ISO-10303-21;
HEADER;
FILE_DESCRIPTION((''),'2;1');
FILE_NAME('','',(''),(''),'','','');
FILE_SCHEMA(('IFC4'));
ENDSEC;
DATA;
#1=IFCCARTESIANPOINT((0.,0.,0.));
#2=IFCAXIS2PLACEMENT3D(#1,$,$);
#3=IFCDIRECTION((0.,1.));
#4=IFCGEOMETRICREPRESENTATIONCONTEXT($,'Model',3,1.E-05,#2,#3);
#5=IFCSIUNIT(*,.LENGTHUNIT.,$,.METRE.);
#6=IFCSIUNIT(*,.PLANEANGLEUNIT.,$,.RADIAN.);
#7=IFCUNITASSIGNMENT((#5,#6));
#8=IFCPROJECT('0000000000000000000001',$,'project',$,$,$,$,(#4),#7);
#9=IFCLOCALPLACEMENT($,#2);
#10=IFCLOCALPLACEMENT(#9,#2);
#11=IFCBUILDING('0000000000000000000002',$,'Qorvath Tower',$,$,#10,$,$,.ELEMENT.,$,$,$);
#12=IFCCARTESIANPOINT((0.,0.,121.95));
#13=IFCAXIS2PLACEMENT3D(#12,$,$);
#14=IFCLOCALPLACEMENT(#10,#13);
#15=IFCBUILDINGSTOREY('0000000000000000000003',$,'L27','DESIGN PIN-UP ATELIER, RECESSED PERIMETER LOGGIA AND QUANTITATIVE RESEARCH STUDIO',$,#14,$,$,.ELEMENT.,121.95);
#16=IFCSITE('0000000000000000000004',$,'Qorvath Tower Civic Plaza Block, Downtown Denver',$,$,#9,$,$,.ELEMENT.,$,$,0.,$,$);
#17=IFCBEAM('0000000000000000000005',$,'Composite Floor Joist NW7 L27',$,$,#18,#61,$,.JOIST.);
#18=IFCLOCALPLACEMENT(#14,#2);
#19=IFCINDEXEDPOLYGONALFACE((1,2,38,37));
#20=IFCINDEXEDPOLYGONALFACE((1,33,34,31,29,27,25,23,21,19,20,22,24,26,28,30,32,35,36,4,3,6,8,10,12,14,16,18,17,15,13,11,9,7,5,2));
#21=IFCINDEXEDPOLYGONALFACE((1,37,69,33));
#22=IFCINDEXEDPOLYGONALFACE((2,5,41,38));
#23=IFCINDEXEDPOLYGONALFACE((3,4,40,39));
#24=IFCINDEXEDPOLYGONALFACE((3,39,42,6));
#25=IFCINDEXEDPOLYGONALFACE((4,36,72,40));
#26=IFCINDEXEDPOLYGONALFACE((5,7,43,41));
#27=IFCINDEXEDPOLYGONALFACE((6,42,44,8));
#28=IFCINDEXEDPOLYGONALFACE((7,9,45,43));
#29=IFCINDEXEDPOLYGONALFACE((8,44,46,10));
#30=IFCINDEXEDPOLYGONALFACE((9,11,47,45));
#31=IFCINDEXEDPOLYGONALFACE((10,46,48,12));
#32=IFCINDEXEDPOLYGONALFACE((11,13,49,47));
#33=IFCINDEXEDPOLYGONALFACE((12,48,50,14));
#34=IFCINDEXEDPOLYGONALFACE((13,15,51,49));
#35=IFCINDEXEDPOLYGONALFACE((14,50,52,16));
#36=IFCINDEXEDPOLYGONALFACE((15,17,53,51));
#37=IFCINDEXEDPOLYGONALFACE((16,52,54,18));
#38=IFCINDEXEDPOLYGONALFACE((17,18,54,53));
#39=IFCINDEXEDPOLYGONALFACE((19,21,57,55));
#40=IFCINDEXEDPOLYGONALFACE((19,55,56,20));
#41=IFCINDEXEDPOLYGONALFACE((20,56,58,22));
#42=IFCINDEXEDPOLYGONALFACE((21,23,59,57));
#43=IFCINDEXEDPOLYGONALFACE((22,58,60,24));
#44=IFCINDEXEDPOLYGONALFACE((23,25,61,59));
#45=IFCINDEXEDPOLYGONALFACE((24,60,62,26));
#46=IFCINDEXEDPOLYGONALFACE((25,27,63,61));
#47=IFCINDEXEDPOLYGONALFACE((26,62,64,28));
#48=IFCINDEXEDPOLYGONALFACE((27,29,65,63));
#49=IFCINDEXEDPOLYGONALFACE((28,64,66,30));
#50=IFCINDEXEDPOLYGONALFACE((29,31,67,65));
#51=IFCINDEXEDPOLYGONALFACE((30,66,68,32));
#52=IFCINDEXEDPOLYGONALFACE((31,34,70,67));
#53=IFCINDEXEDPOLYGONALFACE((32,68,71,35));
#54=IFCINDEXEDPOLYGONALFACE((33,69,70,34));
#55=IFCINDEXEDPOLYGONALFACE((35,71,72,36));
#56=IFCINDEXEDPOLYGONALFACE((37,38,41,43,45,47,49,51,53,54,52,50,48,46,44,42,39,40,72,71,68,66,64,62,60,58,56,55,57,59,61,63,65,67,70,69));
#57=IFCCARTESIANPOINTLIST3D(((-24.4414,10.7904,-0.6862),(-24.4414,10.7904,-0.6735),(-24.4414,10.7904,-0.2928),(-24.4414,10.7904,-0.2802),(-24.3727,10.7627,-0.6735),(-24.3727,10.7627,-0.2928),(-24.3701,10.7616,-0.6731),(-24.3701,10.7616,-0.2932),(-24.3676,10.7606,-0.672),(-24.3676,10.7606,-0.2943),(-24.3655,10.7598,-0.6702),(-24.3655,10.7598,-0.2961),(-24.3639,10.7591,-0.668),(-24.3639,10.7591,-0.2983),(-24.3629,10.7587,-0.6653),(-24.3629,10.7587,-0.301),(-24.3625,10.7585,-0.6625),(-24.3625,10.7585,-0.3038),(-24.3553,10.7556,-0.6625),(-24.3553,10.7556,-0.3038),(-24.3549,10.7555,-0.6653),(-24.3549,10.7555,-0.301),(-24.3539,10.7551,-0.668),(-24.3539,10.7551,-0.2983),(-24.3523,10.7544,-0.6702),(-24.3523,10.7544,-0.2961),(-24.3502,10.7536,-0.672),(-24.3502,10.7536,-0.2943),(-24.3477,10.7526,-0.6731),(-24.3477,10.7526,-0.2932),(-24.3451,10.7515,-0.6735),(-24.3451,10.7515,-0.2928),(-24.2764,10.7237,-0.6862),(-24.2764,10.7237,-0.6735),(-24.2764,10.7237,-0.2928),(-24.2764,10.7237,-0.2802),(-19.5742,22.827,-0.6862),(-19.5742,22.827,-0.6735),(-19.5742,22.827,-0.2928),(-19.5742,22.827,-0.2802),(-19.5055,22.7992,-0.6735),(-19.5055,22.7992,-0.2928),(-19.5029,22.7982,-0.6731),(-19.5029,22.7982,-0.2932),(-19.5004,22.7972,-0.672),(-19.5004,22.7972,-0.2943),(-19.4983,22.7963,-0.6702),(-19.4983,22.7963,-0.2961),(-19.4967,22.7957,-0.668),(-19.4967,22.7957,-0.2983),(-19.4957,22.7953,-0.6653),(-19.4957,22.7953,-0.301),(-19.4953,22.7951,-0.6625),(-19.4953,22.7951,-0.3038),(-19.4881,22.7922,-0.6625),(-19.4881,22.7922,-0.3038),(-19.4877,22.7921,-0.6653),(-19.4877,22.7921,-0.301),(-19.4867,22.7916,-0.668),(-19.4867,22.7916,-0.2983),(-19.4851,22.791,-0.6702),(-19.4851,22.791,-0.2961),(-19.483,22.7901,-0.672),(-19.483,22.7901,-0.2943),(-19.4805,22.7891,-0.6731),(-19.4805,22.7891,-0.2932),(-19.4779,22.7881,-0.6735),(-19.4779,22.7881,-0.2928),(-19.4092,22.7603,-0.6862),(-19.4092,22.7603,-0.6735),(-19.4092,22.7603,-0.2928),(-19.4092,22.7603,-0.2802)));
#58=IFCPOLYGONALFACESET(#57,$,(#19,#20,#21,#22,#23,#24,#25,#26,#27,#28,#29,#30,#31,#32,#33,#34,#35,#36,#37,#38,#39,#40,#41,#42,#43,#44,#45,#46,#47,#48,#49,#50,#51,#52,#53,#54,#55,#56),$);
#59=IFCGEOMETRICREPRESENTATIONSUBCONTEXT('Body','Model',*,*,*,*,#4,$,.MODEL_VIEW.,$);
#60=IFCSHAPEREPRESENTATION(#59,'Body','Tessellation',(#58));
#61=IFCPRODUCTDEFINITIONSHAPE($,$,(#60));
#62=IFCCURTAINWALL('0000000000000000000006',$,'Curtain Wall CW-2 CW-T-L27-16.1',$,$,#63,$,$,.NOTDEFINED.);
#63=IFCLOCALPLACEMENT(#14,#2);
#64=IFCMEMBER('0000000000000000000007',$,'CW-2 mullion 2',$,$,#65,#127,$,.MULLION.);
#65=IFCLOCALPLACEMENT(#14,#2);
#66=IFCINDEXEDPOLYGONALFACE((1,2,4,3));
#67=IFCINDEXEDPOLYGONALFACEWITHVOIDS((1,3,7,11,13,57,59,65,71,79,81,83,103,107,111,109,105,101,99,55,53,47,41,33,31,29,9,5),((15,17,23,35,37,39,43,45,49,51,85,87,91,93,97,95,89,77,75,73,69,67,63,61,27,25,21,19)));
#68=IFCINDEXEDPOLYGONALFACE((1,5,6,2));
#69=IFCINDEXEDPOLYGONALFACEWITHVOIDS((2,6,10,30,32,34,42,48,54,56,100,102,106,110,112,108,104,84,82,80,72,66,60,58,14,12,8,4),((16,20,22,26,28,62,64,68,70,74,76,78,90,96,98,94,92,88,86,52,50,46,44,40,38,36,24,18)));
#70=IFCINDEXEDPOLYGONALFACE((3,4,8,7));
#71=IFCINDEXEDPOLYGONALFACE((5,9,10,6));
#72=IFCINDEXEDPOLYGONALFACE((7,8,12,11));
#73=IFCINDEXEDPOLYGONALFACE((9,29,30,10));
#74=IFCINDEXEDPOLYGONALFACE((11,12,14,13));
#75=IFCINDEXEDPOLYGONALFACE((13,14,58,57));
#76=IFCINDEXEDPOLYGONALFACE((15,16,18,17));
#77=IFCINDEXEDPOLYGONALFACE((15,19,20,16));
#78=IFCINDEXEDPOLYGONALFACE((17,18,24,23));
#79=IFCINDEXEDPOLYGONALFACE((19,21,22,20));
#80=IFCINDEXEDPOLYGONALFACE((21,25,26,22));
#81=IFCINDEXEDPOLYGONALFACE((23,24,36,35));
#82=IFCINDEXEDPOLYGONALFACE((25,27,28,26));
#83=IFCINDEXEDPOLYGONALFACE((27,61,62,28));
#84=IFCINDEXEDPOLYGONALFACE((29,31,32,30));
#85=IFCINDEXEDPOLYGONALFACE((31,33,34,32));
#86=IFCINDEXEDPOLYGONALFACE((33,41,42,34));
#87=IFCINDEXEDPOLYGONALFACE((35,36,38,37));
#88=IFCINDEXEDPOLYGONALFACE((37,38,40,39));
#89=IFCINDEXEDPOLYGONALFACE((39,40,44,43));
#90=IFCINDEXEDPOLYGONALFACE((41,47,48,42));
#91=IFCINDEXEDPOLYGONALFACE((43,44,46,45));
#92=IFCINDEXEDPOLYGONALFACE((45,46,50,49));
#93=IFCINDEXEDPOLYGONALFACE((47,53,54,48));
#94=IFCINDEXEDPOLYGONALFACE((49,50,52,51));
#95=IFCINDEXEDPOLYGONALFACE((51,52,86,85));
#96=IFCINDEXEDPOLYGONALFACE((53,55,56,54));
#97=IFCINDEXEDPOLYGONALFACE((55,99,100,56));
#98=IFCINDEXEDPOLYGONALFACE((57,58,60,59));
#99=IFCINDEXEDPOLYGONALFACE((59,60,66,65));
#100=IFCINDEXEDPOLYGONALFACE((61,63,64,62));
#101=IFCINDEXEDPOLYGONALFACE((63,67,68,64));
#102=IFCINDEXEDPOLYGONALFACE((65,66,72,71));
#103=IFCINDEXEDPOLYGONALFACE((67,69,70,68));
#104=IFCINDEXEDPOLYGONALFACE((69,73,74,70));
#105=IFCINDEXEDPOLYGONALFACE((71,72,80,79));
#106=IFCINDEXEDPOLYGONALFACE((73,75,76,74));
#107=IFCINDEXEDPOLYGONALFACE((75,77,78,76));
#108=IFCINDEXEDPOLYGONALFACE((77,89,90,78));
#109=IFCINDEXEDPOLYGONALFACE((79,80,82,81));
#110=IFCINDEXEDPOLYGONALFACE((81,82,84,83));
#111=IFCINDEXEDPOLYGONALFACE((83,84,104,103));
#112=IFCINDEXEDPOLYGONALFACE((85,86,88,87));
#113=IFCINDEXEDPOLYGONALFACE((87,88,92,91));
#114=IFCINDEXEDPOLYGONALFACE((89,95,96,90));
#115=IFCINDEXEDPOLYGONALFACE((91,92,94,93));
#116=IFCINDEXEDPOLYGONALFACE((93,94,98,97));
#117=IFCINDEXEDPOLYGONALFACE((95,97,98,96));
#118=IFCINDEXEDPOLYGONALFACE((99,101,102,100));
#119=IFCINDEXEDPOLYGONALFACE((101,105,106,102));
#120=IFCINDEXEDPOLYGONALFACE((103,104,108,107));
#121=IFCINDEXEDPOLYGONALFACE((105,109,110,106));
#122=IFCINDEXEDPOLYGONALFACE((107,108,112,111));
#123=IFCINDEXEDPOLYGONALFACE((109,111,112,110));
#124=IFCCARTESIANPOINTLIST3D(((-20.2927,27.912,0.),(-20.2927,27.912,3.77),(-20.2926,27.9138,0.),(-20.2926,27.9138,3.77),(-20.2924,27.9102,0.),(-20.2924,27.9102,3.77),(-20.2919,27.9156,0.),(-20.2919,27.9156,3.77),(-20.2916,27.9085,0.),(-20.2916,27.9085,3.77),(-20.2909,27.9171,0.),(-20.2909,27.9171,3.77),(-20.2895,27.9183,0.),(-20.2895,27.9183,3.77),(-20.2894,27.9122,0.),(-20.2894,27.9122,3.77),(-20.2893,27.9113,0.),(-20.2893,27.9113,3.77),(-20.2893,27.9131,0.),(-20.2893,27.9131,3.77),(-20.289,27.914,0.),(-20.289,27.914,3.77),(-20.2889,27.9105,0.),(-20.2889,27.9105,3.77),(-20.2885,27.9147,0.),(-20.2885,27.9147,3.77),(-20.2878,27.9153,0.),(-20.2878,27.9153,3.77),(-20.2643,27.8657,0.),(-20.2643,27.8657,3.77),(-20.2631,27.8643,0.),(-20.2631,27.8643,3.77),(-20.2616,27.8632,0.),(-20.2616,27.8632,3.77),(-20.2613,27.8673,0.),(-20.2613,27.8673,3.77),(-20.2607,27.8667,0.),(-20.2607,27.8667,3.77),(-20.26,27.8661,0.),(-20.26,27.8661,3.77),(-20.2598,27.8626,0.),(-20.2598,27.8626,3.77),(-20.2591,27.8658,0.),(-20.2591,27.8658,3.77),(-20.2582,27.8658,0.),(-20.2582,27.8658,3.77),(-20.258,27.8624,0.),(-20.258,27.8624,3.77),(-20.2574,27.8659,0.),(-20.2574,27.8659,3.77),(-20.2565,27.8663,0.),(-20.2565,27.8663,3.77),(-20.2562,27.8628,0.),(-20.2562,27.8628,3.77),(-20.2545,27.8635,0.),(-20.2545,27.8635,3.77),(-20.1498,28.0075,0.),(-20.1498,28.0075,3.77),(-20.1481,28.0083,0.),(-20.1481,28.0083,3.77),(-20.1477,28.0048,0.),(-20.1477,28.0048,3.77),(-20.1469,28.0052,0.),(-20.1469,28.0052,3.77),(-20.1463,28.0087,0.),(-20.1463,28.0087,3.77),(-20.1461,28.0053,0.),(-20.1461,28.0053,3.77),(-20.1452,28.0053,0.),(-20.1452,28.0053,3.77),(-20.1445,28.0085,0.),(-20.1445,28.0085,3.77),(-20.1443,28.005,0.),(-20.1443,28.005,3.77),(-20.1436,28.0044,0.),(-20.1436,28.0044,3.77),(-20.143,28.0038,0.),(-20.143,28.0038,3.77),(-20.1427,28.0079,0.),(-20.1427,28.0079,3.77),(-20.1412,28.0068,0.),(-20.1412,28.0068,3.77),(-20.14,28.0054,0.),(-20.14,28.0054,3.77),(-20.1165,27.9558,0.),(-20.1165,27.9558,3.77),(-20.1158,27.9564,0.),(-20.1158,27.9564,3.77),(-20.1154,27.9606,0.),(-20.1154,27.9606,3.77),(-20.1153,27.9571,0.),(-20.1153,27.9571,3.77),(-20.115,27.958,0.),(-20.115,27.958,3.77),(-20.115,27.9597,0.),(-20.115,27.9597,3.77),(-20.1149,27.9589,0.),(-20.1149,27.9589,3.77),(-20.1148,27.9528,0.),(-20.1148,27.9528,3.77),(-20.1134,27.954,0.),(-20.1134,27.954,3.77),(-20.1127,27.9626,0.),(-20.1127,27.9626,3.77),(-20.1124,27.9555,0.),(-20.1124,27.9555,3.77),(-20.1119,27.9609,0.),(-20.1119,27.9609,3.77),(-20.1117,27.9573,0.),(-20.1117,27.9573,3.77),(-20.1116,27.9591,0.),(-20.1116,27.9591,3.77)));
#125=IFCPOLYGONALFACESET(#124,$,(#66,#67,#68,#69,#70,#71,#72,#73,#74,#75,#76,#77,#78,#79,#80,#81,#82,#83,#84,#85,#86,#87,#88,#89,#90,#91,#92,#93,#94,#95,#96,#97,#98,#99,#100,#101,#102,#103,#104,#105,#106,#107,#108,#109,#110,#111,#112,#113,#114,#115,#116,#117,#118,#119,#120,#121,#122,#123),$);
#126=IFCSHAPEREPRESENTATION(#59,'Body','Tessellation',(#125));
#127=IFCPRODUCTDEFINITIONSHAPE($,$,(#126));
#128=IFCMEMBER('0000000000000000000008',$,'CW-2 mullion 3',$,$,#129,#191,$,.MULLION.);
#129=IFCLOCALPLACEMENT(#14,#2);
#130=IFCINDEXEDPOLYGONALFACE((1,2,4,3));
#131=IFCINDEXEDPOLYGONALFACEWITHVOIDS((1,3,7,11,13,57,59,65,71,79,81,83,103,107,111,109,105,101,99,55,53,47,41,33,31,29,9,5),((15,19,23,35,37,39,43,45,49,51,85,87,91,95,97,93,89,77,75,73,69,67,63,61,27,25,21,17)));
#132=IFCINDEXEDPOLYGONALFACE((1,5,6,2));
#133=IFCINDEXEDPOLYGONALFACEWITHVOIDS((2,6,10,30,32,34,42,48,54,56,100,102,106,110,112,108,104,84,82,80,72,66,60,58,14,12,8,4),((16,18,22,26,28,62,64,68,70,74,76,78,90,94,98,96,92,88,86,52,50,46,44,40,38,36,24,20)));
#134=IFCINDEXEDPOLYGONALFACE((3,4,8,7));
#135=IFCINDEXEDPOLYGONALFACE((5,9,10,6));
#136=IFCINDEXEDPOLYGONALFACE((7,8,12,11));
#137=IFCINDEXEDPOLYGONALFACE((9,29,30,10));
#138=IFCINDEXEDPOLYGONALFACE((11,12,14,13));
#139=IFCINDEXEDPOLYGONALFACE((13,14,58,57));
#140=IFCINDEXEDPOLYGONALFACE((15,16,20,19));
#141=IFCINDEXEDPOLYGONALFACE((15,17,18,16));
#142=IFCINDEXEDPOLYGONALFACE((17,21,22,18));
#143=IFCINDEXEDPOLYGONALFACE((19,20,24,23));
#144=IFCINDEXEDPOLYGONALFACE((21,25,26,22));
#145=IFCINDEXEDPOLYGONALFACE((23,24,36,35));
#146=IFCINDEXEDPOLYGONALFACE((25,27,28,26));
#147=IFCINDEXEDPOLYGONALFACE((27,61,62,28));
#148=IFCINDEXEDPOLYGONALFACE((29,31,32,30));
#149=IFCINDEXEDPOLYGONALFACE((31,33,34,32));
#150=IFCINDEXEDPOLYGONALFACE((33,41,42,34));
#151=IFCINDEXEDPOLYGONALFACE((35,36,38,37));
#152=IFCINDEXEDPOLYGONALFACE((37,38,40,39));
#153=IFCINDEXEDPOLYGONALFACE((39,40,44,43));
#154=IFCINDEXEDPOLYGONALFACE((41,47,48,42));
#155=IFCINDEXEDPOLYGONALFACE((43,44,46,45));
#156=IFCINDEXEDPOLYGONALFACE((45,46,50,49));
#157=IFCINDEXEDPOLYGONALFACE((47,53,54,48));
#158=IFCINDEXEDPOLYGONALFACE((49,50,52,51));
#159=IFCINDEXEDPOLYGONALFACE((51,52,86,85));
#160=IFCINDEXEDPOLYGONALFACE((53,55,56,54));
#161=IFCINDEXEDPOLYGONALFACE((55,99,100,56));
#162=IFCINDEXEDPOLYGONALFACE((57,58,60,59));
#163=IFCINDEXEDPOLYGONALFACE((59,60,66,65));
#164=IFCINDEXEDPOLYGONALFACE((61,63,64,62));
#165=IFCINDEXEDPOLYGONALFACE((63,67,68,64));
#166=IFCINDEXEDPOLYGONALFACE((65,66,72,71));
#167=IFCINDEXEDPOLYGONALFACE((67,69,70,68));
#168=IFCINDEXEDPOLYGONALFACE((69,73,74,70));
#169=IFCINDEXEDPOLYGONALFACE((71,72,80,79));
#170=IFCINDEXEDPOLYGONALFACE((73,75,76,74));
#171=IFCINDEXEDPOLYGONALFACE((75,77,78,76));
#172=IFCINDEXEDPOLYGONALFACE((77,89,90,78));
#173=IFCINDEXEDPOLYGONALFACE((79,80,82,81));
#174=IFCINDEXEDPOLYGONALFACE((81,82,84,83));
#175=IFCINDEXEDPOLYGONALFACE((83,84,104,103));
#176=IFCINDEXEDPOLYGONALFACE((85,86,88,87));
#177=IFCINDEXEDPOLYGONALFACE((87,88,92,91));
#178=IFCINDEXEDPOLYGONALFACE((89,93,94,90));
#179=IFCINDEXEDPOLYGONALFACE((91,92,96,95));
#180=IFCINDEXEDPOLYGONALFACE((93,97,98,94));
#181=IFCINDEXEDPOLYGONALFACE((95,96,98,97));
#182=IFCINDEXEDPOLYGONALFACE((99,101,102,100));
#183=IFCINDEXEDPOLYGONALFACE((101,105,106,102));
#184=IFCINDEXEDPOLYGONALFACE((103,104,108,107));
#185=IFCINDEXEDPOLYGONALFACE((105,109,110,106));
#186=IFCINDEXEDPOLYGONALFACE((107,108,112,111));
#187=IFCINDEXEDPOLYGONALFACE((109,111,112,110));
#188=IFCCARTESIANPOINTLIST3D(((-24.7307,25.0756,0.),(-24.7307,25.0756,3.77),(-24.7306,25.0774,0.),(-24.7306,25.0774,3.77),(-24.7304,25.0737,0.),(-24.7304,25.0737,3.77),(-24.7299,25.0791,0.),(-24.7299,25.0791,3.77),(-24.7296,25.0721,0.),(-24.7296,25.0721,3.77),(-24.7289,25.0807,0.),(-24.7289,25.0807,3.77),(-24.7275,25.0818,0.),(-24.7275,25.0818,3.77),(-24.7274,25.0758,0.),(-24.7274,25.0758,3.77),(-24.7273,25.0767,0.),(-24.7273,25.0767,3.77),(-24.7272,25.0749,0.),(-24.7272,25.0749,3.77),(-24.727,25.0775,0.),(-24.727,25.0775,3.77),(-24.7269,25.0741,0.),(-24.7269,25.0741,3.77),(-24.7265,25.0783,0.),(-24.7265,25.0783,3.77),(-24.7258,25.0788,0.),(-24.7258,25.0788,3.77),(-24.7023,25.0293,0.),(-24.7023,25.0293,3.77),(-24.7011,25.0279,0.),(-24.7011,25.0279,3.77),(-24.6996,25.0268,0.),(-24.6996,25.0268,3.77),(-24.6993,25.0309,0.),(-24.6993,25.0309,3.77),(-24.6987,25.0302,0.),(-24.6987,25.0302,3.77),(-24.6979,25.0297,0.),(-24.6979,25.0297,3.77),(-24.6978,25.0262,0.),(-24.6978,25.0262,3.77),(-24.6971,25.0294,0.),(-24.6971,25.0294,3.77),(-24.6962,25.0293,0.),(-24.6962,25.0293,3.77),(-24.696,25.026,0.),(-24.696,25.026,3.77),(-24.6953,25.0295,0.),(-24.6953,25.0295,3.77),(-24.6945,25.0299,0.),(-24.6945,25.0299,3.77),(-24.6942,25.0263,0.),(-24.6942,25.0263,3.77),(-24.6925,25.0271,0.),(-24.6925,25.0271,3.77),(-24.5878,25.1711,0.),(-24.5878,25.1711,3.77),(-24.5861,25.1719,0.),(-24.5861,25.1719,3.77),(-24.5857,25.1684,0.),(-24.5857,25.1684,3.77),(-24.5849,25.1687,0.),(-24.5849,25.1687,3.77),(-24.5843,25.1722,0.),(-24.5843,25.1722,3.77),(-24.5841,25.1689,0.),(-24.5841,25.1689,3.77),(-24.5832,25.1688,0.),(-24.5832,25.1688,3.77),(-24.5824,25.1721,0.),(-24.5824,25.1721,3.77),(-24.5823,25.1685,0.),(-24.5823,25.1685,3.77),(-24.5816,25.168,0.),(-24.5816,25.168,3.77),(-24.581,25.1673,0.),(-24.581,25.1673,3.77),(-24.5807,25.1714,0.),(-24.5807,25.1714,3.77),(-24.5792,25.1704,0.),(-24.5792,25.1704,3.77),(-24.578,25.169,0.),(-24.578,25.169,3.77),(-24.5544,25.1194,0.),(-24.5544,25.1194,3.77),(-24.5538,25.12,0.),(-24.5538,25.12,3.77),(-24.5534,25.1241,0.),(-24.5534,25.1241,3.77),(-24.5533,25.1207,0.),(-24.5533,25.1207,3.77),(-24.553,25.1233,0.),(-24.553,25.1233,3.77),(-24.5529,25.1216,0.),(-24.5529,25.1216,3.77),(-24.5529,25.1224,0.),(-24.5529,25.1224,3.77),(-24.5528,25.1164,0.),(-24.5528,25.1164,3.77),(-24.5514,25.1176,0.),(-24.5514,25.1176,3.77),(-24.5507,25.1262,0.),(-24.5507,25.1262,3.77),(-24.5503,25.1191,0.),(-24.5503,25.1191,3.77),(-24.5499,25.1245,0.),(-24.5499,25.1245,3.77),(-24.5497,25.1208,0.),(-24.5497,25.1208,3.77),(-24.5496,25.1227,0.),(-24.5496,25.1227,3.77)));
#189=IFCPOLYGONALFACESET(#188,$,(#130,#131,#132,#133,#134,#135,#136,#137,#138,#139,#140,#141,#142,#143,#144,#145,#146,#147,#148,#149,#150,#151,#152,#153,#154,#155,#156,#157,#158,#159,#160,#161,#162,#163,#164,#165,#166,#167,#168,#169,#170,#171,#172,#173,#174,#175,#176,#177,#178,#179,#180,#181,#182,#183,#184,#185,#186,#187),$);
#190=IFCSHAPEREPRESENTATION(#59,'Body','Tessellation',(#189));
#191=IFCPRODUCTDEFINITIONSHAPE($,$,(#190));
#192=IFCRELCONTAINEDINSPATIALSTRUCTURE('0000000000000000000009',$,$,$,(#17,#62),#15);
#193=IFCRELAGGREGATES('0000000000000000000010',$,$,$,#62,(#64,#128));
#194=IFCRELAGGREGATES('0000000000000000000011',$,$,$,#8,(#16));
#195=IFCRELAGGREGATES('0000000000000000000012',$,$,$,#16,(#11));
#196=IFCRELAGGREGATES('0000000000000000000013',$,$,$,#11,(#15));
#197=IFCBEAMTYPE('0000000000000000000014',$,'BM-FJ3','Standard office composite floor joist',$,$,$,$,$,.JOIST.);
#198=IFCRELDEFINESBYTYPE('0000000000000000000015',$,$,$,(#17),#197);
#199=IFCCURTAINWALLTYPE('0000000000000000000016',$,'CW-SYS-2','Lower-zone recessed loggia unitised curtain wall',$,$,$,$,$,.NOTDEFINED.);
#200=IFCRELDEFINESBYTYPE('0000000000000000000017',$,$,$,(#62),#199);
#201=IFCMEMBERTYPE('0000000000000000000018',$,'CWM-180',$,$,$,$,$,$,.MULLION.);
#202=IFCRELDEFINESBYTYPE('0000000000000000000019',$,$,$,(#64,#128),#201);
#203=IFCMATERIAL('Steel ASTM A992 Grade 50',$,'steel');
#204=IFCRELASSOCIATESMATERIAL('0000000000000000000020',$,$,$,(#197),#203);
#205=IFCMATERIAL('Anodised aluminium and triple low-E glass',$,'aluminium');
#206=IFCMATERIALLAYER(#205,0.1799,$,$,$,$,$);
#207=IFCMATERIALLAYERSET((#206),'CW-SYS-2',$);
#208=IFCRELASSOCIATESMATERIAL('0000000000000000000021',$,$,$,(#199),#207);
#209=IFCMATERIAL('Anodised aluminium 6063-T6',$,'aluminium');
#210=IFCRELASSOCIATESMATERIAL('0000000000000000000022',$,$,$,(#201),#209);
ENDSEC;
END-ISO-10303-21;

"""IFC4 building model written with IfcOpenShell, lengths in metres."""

from ifc_helpers import new_model, si_unit, direction, frame, origin, origin_2d, place, context, subcontext, project, spatial, hollow_rectangle, i_section, extrude, material, layer, layer_set, material_profile, profile_set, type_object, element, aggregate, save


model = new_model("IFC4")

# Units and contexts
model_context = context("Model", 3, precision=1e-05, world=origin(), true_north=direction((0.0, 1.0)))
body_context = subcontext(model_context, "Body", "Model", "MODEL_VIEW")
ifc_project = project(units=[si_unit("LENGTHUNIT", "METRE"), si_unit("PLANEANGLEUNIT", "RADIAN")], contexts=[model_context])

# Site, building, storey
site_placement = place(None, origin())
site = spatial("IfcSite", under=ifc_project, at=site_placement, Name="Qorvath Tower Civic Plaza Block, Downtown Denver", CompositionType="ELEMENT", RefElevation=0.0)
building_placement = place(site_placement, origin())
building = spatial("IfcBuilding", under=site, at=building_placement, Name="Qorvath Tower", CompositionType="ELEMENT")
storey_placement = place(building_placement, frame((0.0, 0.0, 121.95)))
storey = spatial("IfcBuildingStorey", under=building, at=storey_placement, Name="L27", Description="DESIGN PIN-UP ATELIER, RECESSED PERIMETER LOGGIA AND QUANTITATIVE RESEARCH STUDIO", CompositionType="ELEMENT", Elevation=121.95)

# Beam
ifc_material_1 = material(Name="Steel ASTM A992 Grade 50", Category="steel")
ifc_material_profile_1 = material_profile(ifc_material_1, i_section(OverallWidth=0.178, OverallDepth=0.406, WebThickness=0.0078, FlangeThickness=0.0127, FilletRadius=0.011, at=origin_2d()), Name="W16x40")
ifc_profile_set_1 = profile_set([ifc_material_profile_1], Name="Steel ASTM A992 Grade 50")
beam_type_1 = type_object("IfcBeamType", Name="BM-FJ3", Description="Standard office composite floor joist", PredefinedType="JOIST", material=ifc_profile_set_1)
beam_1_placement = place(storey_placement, frame((-24.3589, 10.7571, -0.4832), z_axis=(0.374877, 0.927075, 0.0), x_axis=(-0.927075, 0.374877, 0.0)))
element("IfcBeam", 1, at=beam_1_placement, inside=storey, type_object=beam_type_1, Name="Composite Floor Joist NW7 L27", PredefinedType="JOIST", context=body_context, shape_type="SweptSolid", body=[
    extrude(i_section(OverallWidth=0.178, OverallDepth=0.406, WebThickness=0.0078, FlangeThickness=0.0127, FilletRadius=0.011, at=origin_2d()), origin(), (0.0, 0.0, 1.0), 12.9834),
])

# Curtain wall, members
ifc_material_2 = material(Name="Anodised aluminium and triple low-E glass", Category="aluminium")
ifc_layer_1 = layer(ifc_material_2, 0.1799)
ifc_layer_set_1 = layer_set([ifc_layer_1], Name="CW-SYS-2")
curtain_wall_type = type_object("IfcCurtainWallType", Name="CW-SYS-2", Description="Lower-zone recessed loggia unitised curtain wall", PredefinedType="NOTDEFINED", material=ifc_layer_set_1)
curtain_wall_1_placement = place(storey_placement, origin())
curtain_wall_1 = element("IfcCurtainWall", 2, at=curtain_wall_1_placement, inside=storey, type_object=curtain_wall_type, Name="Curtain Wall CW-2 CW-T-L27-16.1", PredefinedType="NOTDEFINED")
ifc_material_3 = material(Name="Anodised aluminium 6063-T6", Category="aluminium")
ifc_material_profile_2 = material_profile(ifc_material_3, hollow_rectangle(XDim=0.0649, YDim=0.1799, WallThickness=0.0034, InnerFilletRadius=0.0034, OuterFilletRadius=0.0071, at=origin_2d()), Name="CWM 180x65")
ifc_profile_set_2 = profile_set([ifc_material_profile_2], Name="Anodised aluminium 6063-T6")
member_type_1 = type_object("IfcMemberType", Name="CWM-180", PredefinedType="MULLION", material=ifc_profile_set_2)
member_1_placement = place(storey_placement, frame((-20.2021, 27.9355, 0.0), z_axis=(0.0, 0.0, 1.0), x_axis=(0.538548, -0.842595, 0.0)))
member_1 = element("IfcMember", 3, at=member_1_placement, type_object=member_type_1, Name="CW-2 mullion 2", PredefinedType="MULLION", context=body_context, shape_type="SweptSolid", body=[
    extrude(hollow_rectangle(XDim=0.0649, YDim=0.1799, WallThickness=0.0034, InnerFilletRadius=0.0034, OuterFilletRadius=0.0071, at=origin_2d()), origin(), (0.0, 0.0, 1.0), 3.77),
])
member_2_placement = place(storey_placement, frame((-24.6401, 25.0991, 0.0), z_axis=(0.0, 0.0, 1.0), x_axis=(0.538548, -0.842595, 0.0)))
member_2 = element("IfcMember", 4, at=member_2_placement, type_object=member_type_1, Name="CW-2 mullion 3", PredefinedType="MULLION", context=body_context, shape_type="SweptSolid", body=[
    extrude(hollow_rectangle(XDim=0.0649, YDim=0.1799, WallThickness=0.0034, InnerFilletRadius=0.0034, OuterFilletRadius=0.0071, at=origin_2d()), origin(), (0.0, 0.0, 1.0), 3.77),
])

aggregate(curtain_wall_1, [member_1, member_2])

save(model, "model.ifc")
